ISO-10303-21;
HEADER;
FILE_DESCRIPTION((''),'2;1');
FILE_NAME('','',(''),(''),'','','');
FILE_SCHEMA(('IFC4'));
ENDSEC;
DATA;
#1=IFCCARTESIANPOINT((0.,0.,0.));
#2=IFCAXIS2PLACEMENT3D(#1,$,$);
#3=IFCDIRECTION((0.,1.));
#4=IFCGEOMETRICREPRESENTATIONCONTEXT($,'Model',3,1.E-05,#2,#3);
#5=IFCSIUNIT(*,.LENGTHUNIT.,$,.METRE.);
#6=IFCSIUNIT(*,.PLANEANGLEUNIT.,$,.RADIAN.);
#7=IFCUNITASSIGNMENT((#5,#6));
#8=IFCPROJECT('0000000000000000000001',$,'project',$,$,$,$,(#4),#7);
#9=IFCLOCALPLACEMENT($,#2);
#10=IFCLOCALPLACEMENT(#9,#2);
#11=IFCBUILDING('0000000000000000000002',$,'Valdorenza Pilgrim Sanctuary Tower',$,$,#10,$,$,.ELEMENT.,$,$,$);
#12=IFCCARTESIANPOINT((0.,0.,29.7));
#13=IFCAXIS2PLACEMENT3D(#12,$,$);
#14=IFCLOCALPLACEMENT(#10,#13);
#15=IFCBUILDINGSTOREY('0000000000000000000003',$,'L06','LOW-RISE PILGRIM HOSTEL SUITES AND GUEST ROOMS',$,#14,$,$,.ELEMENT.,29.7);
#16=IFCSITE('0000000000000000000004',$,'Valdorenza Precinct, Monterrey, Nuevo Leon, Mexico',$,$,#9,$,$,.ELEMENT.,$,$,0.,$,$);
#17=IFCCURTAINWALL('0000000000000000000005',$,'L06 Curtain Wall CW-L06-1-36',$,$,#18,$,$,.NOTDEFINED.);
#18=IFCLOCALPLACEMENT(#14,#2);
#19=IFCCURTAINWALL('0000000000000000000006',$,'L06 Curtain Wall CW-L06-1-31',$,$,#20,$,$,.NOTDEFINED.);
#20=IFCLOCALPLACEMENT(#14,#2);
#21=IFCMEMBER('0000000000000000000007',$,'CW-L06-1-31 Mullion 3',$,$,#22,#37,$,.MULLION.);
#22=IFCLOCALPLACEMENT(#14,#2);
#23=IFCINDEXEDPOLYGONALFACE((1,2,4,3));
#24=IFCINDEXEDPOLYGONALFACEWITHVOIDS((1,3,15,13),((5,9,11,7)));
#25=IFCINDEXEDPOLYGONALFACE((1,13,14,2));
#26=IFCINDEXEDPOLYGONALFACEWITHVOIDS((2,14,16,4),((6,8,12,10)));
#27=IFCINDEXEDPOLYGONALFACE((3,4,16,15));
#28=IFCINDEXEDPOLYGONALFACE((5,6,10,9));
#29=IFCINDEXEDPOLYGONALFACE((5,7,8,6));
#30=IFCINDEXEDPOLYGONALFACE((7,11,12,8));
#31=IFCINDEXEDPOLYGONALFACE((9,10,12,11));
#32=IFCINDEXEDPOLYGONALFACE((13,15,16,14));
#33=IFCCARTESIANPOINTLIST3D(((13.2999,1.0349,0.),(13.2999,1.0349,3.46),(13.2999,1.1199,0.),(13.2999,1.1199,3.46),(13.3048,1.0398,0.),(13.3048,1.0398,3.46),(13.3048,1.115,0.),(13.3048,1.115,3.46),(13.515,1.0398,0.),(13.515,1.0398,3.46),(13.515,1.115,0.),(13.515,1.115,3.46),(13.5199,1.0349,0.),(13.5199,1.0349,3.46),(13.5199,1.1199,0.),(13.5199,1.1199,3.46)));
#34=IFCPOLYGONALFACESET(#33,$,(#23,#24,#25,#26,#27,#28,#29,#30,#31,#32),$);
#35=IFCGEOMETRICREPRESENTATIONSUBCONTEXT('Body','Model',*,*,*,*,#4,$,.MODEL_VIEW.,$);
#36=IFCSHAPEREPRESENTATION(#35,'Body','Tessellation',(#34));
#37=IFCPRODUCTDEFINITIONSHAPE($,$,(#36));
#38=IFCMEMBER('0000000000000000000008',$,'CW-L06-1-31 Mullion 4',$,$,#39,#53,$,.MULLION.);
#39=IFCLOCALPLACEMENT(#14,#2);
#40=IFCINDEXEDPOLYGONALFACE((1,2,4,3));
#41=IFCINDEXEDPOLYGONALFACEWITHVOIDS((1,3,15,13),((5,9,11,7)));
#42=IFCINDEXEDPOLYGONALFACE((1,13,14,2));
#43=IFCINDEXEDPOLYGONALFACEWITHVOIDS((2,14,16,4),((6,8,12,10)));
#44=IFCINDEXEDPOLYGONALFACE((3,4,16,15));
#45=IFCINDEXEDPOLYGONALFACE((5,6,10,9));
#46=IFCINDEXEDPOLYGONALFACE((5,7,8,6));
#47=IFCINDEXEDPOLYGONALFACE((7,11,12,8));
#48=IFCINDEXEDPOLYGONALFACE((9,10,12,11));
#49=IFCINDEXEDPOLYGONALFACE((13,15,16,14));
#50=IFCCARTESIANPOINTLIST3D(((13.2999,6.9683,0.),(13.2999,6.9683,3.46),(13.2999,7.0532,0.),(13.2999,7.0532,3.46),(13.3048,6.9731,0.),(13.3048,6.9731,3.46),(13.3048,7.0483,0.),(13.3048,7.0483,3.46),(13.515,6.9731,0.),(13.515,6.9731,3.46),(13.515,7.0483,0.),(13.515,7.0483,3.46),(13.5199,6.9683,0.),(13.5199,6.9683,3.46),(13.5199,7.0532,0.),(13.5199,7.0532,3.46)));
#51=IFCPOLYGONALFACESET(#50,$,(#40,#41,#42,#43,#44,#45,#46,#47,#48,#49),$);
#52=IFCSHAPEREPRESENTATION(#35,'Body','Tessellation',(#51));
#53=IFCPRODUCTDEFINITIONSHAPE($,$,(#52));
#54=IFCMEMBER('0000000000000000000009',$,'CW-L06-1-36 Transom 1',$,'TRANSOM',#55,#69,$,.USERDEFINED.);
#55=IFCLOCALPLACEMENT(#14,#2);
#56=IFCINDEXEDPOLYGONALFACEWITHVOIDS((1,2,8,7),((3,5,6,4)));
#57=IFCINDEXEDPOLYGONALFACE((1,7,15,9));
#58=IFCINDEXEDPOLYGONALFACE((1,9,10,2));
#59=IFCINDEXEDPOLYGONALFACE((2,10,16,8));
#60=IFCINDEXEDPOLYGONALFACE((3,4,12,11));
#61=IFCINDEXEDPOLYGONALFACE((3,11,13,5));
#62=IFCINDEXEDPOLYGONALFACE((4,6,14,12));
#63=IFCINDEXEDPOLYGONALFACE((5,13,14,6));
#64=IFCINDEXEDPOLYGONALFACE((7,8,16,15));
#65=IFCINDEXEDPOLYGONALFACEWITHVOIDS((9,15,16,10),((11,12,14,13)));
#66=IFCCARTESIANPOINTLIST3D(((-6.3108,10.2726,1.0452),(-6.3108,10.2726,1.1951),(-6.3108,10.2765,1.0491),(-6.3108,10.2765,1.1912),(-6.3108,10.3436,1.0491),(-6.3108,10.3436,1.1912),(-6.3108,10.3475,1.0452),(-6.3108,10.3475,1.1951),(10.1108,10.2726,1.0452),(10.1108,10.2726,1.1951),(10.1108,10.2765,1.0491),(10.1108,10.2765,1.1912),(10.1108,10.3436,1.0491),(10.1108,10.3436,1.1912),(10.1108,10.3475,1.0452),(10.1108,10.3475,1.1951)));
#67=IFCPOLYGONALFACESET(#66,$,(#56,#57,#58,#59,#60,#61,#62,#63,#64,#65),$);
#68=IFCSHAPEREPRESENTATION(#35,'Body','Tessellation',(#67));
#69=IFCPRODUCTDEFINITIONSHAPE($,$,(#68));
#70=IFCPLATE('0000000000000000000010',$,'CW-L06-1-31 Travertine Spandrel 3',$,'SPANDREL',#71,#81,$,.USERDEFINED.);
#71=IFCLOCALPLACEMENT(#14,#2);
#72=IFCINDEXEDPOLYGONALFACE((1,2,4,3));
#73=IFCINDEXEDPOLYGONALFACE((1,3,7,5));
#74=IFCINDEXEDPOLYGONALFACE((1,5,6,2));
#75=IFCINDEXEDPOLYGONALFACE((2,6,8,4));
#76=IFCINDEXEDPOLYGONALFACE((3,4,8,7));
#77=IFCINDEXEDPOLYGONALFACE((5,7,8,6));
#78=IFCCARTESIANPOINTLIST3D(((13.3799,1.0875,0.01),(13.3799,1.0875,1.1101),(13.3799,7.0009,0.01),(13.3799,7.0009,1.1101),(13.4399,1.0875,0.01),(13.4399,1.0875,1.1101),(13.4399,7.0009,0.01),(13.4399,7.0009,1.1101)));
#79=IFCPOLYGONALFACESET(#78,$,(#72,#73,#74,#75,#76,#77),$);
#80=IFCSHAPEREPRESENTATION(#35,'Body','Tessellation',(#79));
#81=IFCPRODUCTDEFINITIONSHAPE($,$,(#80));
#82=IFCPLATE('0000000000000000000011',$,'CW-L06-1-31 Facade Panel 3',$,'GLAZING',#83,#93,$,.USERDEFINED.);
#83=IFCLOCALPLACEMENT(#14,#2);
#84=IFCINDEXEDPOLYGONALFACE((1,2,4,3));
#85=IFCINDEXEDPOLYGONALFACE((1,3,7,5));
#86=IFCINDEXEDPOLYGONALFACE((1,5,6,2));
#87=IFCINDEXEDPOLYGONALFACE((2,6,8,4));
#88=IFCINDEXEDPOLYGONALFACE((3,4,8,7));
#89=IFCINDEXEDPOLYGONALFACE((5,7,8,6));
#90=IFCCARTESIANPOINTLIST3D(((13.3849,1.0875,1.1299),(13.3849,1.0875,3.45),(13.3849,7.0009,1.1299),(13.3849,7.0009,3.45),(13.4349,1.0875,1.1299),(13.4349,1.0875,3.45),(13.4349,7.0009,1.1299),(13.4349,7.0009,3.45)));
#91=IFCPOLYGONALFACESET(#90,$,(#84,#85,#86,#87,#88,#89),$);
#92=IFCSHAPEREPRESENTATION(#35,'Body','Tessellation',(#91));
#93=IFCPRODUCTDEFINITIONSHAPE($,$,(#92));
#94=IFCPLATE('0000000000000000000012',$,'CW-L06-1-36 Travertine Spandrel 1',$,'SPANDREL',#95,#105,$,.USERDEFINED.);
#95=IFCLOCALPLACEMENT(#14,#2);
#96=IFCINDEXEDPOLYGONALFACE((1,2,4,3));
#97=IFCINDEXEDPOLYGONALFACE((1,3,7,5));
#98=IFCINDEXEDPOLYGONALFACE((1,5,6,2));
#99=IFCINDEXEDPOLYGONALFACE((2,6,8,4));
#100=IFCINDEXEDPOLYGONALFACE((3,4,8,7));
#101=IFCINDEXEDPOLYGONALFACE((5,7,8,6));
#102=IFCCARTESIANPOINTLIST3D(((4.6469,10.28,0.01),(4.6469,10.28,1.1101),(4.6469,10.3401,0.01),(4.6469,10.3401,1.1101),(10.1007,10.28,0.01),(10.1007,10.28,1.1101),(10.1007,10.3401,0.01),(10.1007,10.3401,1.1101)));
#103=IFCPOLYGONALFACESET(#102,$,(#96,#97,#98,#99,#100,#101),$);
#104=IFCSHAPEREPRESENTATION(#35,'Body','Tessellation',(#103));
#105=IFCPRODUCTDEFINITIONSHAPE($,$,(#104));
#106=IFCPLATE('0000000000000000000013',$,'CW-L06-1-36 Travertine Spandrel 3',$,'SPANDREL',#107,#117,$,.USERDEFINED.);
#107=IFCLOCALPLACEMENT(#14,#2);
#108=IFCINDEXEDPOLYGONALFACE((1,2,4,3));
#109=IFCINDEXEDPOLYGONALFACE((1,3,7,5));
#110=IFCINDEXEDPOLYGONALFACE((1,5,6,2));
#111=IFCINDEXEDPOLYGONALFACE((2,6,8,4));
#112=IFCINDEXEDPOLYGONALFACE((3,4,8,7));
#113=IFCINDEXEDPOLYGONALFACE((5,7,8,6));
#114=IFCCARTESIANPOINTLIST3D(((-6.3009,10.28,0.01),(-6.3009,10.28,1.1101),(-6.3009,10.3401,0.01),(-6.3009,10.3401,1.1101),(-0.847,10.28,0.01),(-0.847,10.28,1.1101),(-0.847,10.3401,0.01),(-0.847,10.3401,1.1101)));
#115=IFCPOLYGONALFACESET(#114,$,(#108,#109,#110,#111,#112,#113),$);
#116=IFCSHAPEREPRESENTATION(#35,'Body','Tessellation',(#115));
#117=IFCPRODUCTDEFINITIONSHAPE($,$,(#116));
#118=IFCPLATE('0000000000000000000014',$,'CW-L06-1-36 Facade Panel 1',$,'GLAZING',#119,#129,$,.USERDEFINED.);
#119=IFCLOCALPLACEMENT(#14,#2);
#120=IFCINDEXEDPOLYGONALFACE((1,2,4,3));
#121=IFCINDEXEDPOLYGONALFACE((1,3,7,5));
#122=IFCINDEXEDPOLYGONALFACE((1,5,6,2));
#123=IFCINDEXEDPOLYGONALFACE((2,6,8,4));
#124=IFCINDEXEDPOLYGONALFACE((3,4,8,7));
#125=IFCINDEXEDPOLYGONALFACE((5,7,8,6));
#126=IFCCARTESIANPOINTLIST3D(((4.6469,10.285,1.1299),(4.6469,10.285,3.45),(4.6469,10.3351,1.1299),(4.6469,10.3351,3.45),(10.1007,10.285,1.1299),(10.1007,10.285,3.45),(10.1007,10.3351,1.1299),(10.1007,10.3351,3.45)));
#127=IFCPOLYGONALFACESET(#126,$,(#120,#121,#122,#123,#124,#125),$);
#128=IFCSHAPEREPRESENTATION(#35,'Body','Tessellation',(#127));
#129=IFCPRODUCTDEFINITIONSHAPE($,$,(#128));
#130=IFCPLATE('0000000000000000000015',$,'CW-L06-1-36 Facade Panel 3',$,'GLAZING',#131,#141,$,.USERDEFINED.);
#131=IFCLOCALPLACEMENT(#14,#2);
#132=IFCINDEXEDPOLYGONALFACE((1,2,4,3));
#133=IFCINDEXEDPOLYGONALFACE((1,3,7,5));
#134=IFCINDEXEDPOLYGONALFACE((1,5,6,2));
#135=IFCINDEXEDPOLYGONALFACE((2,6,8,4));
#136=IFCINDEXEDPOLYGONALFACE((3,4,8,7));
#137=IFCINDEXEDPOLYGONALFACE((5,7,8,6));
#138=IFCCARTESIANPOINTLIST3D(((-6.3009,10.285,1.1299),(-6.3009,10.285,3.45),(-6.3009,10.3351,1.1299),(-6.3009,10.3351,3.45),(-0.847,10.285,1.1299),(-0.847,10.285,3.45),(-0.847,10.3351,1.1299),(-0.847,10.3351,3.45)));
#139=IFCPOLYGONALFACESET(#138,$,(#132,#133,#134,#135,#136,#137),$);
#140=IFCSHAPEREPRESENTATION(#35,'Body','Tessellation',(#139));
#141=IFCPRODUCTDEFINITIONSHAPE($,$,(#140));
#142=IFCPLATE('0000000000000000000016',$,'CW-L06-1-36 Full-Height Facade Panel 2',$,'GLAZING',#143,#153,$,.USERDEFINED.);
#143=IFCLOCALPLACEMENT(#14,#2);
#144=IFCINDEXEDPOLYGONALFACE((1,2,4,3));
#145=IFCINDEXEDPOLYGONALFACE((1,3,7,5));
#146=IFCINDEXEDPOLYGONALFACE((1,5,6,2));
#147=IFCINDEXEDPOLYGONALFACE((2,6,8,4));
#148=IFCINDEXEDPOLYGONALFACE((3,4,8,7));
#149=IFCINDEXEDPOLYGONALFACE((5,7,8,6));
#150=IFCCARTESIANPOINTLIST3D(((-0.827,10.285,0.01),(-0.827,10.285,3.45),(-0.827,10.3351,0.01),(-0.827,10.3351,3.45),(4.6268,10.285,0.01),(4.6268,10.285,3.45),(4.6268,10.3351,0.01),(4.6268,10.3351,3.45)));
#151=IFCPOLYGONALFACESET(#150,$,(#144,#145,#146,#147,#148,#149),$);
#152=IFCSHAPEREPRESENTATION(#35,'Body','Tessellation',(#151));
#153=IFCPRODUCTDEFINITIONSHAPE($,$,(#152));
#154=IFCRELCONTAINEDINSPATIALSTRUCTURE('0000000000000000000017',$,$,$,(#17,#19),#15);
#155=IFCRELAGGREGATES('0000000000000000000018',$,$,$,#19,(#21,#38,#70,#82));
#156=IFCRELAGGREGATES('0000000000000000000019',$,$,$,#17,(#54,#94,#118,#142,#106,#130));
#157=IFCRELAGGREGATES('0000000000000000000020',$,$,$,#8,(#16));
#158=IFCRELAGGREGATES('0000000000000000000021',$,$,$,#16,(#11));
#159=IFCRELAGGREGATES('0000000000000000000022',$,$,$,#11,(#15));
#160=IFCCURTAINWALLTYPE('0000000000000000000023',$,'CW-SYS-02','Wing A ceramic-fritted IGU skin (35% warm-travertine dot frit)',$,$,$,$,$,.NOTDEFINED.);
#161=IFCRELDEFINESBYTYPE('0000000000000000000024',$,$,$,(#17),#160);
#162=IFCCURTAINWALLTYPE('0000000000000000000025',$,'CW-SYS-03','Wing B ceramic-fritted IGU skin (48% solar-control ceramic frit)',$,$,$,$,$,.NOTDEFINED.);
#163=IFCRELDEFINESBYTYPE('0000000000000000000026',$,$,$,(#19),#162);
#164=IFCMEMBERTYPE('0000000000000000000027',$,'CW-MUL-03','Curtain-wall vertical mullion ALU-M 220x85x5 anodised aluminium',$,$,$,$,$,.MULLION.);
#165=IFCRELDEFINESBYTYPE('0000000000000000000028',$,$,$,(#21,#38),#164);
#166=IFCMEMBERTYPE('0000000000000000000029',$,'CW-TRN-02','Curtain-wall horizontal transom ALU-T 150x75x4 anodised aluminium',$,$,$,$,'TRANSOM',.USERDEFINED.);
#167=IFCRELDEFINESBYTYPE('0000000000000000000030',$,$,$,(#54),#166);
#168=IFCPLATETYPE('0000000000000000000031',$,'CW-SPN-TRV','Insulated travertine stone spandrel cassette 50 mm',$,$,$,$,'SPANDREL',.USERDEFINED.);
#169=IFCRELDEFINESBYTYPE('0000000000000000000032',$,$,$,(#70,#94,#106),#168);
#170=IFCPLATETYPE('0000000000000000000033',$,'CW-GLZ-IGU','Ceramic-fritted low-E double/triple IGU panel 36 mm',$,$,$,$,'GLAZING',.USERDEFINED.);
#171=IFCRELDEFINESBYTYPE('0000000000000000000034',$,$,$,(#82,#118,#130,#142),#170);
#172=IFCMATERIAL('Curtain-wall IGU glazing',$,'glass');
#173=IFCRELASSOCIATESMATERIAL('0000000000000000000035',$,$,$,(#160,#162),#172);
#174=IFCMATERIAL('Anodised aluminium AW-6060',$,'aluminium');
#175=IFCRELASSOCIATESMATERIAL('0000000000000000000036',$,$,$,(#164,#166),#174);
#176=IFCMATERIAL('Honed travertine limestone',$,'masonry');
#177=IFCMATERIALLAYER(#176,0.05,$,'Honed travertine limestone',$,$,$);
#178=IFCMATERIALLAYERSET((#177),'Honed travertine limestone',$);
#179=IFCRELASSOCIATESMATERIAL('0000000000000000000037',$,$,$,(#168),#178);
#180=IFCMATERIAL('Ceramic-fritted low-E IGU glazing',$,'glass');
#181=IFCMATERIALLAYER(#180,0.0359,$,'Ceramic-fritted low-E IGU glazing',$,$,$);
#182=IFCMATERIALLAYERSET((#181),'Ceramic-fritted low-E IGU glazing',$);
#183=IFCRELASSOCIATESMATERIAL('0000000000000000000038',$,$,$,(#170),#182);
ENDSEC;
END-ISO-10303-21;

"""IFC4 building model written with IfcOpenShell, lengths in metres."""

from ifc_helpers import new_model, si_unit, direction, frame, origin, origin_2d, place, context, subcontext, project, spatial, rectangle, hollow_rectangle, extrude, source, transform, mapped, material, layer, layer_set, material_profile, profile_set, type_object, element, aggregate, save


model = new_model("IFC4")

# Units and contexts
model_context = context("Model", 3, precision=1e-05, world=origin(), true_north=direction((0.0, 1.0)))
body_context = subcontext(model_context, "Body", "Model", "MODEL_VIEW")
ifc_project = project(units=[si_unit("LENGTHUNIT", "METRE"), si_unit("PLANEANGLEUNIT", "RADIAN")], contexts=[model_context])

# Site, building, storey
site_placement = place(None, origin())
site = spatial("IfcSite", under=ifc_project, at=site_placement, Name="Valdorenza Precinct, Monterrey, Nuevo Leon, Mexico", CompositionType="ELEMENT", RefElevation=0.0)
building_placement = place(site_placement, origin())
building = spatial("IfcBuilding", under=site, at=building_placement, Name="Valdorenza Pilgrim Sanctuary Tower", CompositionType="ELEMENT")
storey_placement = place(building_placement, frame((0.0, 0.0, 29.7)))
storey = spatial("IfcBuildingStorey", under=building, at=storey_placement, Name="L06", Description="LOW-RISE PILGRIM HOSTEL SUITES AND GUEST ROOMS", CompositionType="ELEMENT", Elevation=29.7)

# Curtain walls, members
ifc_material_1 = material(Name="Curtain-wall IGU glazing", Category="glass")
curtain_wall_type_1 = type_object("IfcCurtainWallType", Name="CW-SYS-02", Description="Wing A ceramic-fritted IGU skin (35% warm-travertine dot frit)", PredefinedType="NOTDEFINED", material=ifc_material_1)
curtain_wall_1_placement = place(storey_placement, origin())
curtain_wall_1 = element("IfcCurtainWall", 1, at=curtain_wall_1_placement, inside=storey, type_object=curtain_wall_type_1, Name="L06 Curtain Wall CW-L06-1-36", PredefinedType="NOTDEFINED")
ifc_material_2 = material(Name="Anodised aluminium AW-6060", Category="aluminium")
curtain_wall_type_2 = type_object("IfcCurtainWallType", Name="CW-SYS-03", Description="Wing B ceramic-fritted IGU skin (48% solar-control ceramic frit)", PredefinedType="NOTDEFINED", material=ifc_material_1)
curtain_wall_2_placement = place(storey_placement, origin())
curtain_wall_2 = element("IfcCurtainWall", 2, at=curtain_wall_2_placement, inside=storey, type_object=curtain_wall_type_2, Name="L06 Curtain Wall CW-L06-1-31", PredefinedType="NOTDEFINED")
ifc_material_profile_1 = material_profile(ifc_material_2, hollow_rectangle(XDim=0.085, YDim=0.22, WallThickness=0.0049, at=origin_2d()), Name="ALU-M 220x85x5")
ifc_profile_set_1 = profile_set([ifc_material_profile_1], Name="Anodised aluminium AW-6060")
member_type_1 = type_object("IfcMemberType", Name="CW-MUL-03", Description="Curtain-wall vertical mullion ALU-M 220x85x5 anodised aluminium", PredefinedType="MULLION", material=ifc_profile_set_1)
shared_shape_1 = source(origin(), body_context, "Body", "SweptSolid", [
    extrude(hollow_rectangle(XDim=0.085, YDim=0.22, WallThickness=0.0049, at=origin_2d()), origin(), (0.0, 0.0, 1.0), 3.46),
])
member_1_placement = place(storey_placement, frame((13.4099, 1.0774, 0.0), z_axis=(0.0, 0.0, 1.0), x_axis=(0.0, 1.0, 0.0)))
member_1 = element("IfcMember", 3, at=member_1_placement, type_object=member_type_1, Name="CW-L06-1-31 Mullion 3", PredefinedType="MULLION", context=body_context, shape_type="MappedRepresentation", body=[
    mapped(shared_shape_1, transform((0.0, 0.0, 0.0), x_axis=(1.0, 0.0, 0.0), y_axis=(0.0, 1.0, 0.0), z_axis=(0.0, 0.0, 1.0), scale=1.0)),
])
member_2_placement = place(storey_placement, frame((13.4099, 7.0107, 0.0), z_axis=(0.0, 0.0, 1.0), x_axis=(0.0, 1.0, 0.0)))
member_2 = element("IfcMember", 4, at=member_2_placement, type_object=member_type_1, Name="CW-L06-1-31 Mullion 4", PredefinedType="MULLION", context=body_context, shape_type="MappedRepresentation", body=[
    mapped(shared_shape_1, transform((0.0, 0.0, 0.0), x_axis=(1.0, 0.0, 0.0), y_axis=(0.0, 1.0, 0.0), z_axis=(0.0, 0.0, 1.0), scale=1.0)),
])

# Member
ifc_material_profile_2 = material_profile(ifc_material_2, hollow_rectangle(XDim=0.075, YDim=0.1499, WallThickness=0.0039, at=origin_2d()), Name="ALU-T 150x75x4")
ifc_profile_set_2 = profile_set([ifc_material_profile_2], Name="Anodised aluminium AW-6060")
member_type_2 = type_object("IfcMemberType", Name="CW-TRN-02", Description="Curtain-wall horizontal transom ALU-T 150x75x4 anodised aluminium", ElementType="TRANSOM", PredefinedType="USERDEFINED", material=ifc_profile_set_2)
shared_shape_2 = source(origin(), body_context, "Body", "SweptSolid", [
    extrude(hollow_rectangle(XDim=0.075, YDim=0.1499, WallThickness=0.0039, at=origin_2d()), origin(), (0.0, 0.0, 1.0), 16.4216),
])
member_3_placement = place(storey_placement, frame((10.1108, 10.3101, 1.1201), z_axis=(-1.0, 0.0, 0.0), x_axis=(0.0, -1.0, 0.0)))
member_3 = element("IfcMember", 5, at=member_3_placement, type_object=member_type_2, Name="CW-L06-1-36 Transom 1", ObjectType="TRANSOM", PredefinedType="USERDEFINED", context=body_context, shape_type="MappedRepresentation", body=[
    mapped(shared_shape_2, transform((0.0, 0.0, 0.0), x_axis=(1.0, 0.0, 0.0), y_axis=(0.0, 1.0, 0.0), z_axis=(0.0, 0.0, 1.0), scale=1.0)),
])

# Plates
ifc_material_3 = material(Name="Honed travertine limestone", Category="masonry")
ifc_layer_1 = layer(ifc_material_3, 0.05, Name="Honed travertine limestone")
ifc_layer_set_1 = layer_set([ifc_layer_1], Name="Honed travertine limestone")
plate_type_1 = type_object("IfcPlateType", Name="CW-SPN-TRV", Description="Insulated travertine stone spandrel cassette 50 mm", ElementType="SPANDREL", PredefinedType="USERDEFINED", material=ifc_layer_set_1)
shared_shape_3 = source(origin(), body_context, "Body", "SweptSolid", [
    extrude(rectangle(XDim=5.9133, YDim=0.0601, at=origin_2d()), origin(), (0.0, 0.0, 1.0), 1.1001),
])
plate_1_placement = place(storey_placement, frame((13.4099, 4.0442, 0.01), z_axis=(0.0, 0.0, 1.0), x_axis=(0.0, 1.0, 0.0)))
plate_1 = element("IfcPlate", 6, at=plate_1_placement, type_object=plate_type_1, Name="CW-L06-1-31 Travertine Spandrel 3", ObjectType="SPANDREL", PredefinedType="USERDEFINED", context=body_context, shape_type="MappedRepresentation", body=[
    mapped(shared_shape_3, transform((0.0, 0.0, 0.0), x_axis=(1.0, 0.0, 0.0), y_axis=(0.0, 1.0, 0.0), z_axis=(0.0, 0.0, 1.0), scale=1.0)),
])
ifc_material_4 = material(Name="Ceramic-fritted low-E IGU glazing", Category="glass")
ifc_layer_2 = layer(ifc_material_4, 0.0359, Name="Ceramic-fritted low-E IGU glazing")
ifc_layer_set_2 = layer_set([ifc_layer_2], Name="Ceramic-fritted low-E IGU glazing")
plate_type_2 = type_object("IfcPlateType", Name="CW-GLZ-IGU", Description="Ceramic-fritted low-E double/triple IGU panel 36 mm", ElementType="GLAZING", PredefinedType="USERDEFINED", material=ifc_layer_set_2)
shared_shape_4 = source(origin(), body_context, "Body", "SweptSolid", [
    extrude(rectangle(XDim=5.9133, YDim=0.05, at=origin_2d()), origin(), (0.0, 0.0, 1.0), 2.3201),
])
plate_2_placement = place(storey_placement, frame((13.4099, 4.0442, 1.1299), z_axis=(0.0, 0.0, 1.0), x_axis=(0.0, 1.0, 0.0)))
plate_2 = element("IfcPlate", 7, at=plate_2_placement, type_object=plate_type_2, Name="CW-L06-1-31 Facade Panel 3", ObjectType="GLAZING", PredefinedType="USERDEFINED", context=body_context, shape_type="MappedRepresentation", body=[
    mapped(shared_shape_4, transform((0.0, 0.0, 0.0), x_axis=(1.0, 0.0, 0.0), y_axis=(0.0, 1.0, 0.0), z_axis=(0.0, 0.0, 1.0), scale=1.0)),
])
aggregate(curtain_wall_2, [member_1, member_2, plate_1, plate_2])
shared_shape_5 = source(origin(), body_context, "Body", "SweptSolid", [
    extrude(rectangle(XDim=5.4539, YDim=0.0601, at=origin_2d()), origin(), (0.0, 0.0, 1.0), 1.1001),
])
plate_3_placement = place(storey_placement, frame((7.3738, 10.3101, 0.01), z_axis=(0.0, 0.0, 1.0), x_axis=(-1.0, 0.0, 0.0)))
plate_3 = element("IfcPlate", 8, at=plate_3_placement, type_object=plate_type_1, Name="CW-L06-1-36 Travertine Spandrel 1", ObjectType="SPANDREL", PredefinedType="USERDEFINED", context=body_context, shape_type="MappedRepresentation", body=[
    mapped(shared_shape_5, transform((0.0, 0.0, 0.0), x_axis=(1.0, 0.0, 0.0), y_axis=(0.0, 1.0, 0.0), z_axis=(0.0, 0.0, 1.0), scale=1.0)),
])
plate_4_placement = place(storey_placement, frame((-3.574, 10.3101, 0.01), z_axis=(0.0, 0.0, 1.0), x_axis=(-1.0, 0.0, 0.0)))
plate_4 = element("IfcPlate", 9, at=plate_4_placement, type_object=plate_type_1, Name="CW-L06-1-36 Travertine Spandrel 3", ObjectType="SPANDREL", PredefinedType="USERDEFINED", context=body_context, shape_type="MappedRepresentation", body=[
    mapped(shared_shape_5, transform((0.0, 0.0, 0.0), x_axis=(1.0, 0.0, 0.0), y_axis=(0.0, 1.0, 0.0), z_axis=(0.0, 0.0, 1.0), scale=1.0)),
])
shared_shape_6 = source(origin(), body_context, "Body", "SweptSolid", [
    extrude(rectangle(XDim=5.4539, YDim=0.05, at=origin_2d()), origin(), (0.0, 0.0, 1.0), 2.3201),
])
plate_5_placement = place(storey_placement, frame((7.3738, 10.3101, 1.1299), z_axis=(0.0, 0.0, 1.0), x_axis=(-1.0, 0.0, 0.0)))
plate_5 = element("IfcPlate", 10, at=plate_5_placement, type_object=plate_type_2, Name="CW-L06-1-36 Facade Panel 1", ObjectType="GLAZING", PredefinedType="USERDEFINED", context=body_context, shape_type="MappedRepresentation", body=[
    mapped(shared_shape_6, transform((0.0, 0.0, 0.0), x_axis=(1.0, 0.0, 0.0), y_axis=(0.0, 1.0, 0.0), z_axis=(0.0, 0.0, 1.0), scale=1.0)),
])
plate_6_placement = place(storey_placement, frame((-3.574, 10.3101, 1.1299), z_axis=(0.0, 0.0, 1.0), x_axis=(-1.0, 0.0, 0.0)))
plate_6 = element("IfcPlate", 11, at=plate_6_placement, type_object=plate_type_2, Name="CW-L06-1-36 Facade Panel 3", ObjectType="GLAZING", PredefinedType="USERDEFINED", context=body_context, shape_type="MappedRepresentation", body=[
    mapped(shared_shape_6, transform((0.0, 0.0, 0.0), x_axis=(1.0, 0.0, 0.0), y_axis=(0.0, 1.0, 0.0), z_axis=(0.0, 0.0, 1.0), scale=1.0)),
])
shared_shape_7 = source(origin(), body_context, "Body", "SweptSolid", [
    extrude(rectangle(XDim=5.4539, YDim=0.05, at=origin_2d()), origin(), (0.0, 0.0, 1.0), 3.4399),
])
plate_7_placement = place(storey_placement, frame((1.8999, 10.3101, 0.01), z_axis=(0.0, 0.0, 1.0), x_axis=(-1.0, 0.0, 0.0)))
plate_7 = element("IfcPlate", 12, at=plate_7_placement, type_object=plate_type_2, Name="CW-L06-1-36 Full-Height Facade Panel 2", ObjectType="GLAZING", PredefinedType="USERDEFINED", context=body_context, shape_type="MappedRepresentation", body=[
    mapped(shared_shape_7, transform((0.0, 0.0, 0.0), x_axis=(1.0, 0.0, 0.0), y_axis=(0.0, 1.0, 0.0), z_axis=(0.0, 0.0, 1.0), scale=1.0)),
])
aggregate(curtain_wall_1, [member_3, plate_3, plate_5, plate_7, plate_4, plate_6])

save(model, "model.ifc")
